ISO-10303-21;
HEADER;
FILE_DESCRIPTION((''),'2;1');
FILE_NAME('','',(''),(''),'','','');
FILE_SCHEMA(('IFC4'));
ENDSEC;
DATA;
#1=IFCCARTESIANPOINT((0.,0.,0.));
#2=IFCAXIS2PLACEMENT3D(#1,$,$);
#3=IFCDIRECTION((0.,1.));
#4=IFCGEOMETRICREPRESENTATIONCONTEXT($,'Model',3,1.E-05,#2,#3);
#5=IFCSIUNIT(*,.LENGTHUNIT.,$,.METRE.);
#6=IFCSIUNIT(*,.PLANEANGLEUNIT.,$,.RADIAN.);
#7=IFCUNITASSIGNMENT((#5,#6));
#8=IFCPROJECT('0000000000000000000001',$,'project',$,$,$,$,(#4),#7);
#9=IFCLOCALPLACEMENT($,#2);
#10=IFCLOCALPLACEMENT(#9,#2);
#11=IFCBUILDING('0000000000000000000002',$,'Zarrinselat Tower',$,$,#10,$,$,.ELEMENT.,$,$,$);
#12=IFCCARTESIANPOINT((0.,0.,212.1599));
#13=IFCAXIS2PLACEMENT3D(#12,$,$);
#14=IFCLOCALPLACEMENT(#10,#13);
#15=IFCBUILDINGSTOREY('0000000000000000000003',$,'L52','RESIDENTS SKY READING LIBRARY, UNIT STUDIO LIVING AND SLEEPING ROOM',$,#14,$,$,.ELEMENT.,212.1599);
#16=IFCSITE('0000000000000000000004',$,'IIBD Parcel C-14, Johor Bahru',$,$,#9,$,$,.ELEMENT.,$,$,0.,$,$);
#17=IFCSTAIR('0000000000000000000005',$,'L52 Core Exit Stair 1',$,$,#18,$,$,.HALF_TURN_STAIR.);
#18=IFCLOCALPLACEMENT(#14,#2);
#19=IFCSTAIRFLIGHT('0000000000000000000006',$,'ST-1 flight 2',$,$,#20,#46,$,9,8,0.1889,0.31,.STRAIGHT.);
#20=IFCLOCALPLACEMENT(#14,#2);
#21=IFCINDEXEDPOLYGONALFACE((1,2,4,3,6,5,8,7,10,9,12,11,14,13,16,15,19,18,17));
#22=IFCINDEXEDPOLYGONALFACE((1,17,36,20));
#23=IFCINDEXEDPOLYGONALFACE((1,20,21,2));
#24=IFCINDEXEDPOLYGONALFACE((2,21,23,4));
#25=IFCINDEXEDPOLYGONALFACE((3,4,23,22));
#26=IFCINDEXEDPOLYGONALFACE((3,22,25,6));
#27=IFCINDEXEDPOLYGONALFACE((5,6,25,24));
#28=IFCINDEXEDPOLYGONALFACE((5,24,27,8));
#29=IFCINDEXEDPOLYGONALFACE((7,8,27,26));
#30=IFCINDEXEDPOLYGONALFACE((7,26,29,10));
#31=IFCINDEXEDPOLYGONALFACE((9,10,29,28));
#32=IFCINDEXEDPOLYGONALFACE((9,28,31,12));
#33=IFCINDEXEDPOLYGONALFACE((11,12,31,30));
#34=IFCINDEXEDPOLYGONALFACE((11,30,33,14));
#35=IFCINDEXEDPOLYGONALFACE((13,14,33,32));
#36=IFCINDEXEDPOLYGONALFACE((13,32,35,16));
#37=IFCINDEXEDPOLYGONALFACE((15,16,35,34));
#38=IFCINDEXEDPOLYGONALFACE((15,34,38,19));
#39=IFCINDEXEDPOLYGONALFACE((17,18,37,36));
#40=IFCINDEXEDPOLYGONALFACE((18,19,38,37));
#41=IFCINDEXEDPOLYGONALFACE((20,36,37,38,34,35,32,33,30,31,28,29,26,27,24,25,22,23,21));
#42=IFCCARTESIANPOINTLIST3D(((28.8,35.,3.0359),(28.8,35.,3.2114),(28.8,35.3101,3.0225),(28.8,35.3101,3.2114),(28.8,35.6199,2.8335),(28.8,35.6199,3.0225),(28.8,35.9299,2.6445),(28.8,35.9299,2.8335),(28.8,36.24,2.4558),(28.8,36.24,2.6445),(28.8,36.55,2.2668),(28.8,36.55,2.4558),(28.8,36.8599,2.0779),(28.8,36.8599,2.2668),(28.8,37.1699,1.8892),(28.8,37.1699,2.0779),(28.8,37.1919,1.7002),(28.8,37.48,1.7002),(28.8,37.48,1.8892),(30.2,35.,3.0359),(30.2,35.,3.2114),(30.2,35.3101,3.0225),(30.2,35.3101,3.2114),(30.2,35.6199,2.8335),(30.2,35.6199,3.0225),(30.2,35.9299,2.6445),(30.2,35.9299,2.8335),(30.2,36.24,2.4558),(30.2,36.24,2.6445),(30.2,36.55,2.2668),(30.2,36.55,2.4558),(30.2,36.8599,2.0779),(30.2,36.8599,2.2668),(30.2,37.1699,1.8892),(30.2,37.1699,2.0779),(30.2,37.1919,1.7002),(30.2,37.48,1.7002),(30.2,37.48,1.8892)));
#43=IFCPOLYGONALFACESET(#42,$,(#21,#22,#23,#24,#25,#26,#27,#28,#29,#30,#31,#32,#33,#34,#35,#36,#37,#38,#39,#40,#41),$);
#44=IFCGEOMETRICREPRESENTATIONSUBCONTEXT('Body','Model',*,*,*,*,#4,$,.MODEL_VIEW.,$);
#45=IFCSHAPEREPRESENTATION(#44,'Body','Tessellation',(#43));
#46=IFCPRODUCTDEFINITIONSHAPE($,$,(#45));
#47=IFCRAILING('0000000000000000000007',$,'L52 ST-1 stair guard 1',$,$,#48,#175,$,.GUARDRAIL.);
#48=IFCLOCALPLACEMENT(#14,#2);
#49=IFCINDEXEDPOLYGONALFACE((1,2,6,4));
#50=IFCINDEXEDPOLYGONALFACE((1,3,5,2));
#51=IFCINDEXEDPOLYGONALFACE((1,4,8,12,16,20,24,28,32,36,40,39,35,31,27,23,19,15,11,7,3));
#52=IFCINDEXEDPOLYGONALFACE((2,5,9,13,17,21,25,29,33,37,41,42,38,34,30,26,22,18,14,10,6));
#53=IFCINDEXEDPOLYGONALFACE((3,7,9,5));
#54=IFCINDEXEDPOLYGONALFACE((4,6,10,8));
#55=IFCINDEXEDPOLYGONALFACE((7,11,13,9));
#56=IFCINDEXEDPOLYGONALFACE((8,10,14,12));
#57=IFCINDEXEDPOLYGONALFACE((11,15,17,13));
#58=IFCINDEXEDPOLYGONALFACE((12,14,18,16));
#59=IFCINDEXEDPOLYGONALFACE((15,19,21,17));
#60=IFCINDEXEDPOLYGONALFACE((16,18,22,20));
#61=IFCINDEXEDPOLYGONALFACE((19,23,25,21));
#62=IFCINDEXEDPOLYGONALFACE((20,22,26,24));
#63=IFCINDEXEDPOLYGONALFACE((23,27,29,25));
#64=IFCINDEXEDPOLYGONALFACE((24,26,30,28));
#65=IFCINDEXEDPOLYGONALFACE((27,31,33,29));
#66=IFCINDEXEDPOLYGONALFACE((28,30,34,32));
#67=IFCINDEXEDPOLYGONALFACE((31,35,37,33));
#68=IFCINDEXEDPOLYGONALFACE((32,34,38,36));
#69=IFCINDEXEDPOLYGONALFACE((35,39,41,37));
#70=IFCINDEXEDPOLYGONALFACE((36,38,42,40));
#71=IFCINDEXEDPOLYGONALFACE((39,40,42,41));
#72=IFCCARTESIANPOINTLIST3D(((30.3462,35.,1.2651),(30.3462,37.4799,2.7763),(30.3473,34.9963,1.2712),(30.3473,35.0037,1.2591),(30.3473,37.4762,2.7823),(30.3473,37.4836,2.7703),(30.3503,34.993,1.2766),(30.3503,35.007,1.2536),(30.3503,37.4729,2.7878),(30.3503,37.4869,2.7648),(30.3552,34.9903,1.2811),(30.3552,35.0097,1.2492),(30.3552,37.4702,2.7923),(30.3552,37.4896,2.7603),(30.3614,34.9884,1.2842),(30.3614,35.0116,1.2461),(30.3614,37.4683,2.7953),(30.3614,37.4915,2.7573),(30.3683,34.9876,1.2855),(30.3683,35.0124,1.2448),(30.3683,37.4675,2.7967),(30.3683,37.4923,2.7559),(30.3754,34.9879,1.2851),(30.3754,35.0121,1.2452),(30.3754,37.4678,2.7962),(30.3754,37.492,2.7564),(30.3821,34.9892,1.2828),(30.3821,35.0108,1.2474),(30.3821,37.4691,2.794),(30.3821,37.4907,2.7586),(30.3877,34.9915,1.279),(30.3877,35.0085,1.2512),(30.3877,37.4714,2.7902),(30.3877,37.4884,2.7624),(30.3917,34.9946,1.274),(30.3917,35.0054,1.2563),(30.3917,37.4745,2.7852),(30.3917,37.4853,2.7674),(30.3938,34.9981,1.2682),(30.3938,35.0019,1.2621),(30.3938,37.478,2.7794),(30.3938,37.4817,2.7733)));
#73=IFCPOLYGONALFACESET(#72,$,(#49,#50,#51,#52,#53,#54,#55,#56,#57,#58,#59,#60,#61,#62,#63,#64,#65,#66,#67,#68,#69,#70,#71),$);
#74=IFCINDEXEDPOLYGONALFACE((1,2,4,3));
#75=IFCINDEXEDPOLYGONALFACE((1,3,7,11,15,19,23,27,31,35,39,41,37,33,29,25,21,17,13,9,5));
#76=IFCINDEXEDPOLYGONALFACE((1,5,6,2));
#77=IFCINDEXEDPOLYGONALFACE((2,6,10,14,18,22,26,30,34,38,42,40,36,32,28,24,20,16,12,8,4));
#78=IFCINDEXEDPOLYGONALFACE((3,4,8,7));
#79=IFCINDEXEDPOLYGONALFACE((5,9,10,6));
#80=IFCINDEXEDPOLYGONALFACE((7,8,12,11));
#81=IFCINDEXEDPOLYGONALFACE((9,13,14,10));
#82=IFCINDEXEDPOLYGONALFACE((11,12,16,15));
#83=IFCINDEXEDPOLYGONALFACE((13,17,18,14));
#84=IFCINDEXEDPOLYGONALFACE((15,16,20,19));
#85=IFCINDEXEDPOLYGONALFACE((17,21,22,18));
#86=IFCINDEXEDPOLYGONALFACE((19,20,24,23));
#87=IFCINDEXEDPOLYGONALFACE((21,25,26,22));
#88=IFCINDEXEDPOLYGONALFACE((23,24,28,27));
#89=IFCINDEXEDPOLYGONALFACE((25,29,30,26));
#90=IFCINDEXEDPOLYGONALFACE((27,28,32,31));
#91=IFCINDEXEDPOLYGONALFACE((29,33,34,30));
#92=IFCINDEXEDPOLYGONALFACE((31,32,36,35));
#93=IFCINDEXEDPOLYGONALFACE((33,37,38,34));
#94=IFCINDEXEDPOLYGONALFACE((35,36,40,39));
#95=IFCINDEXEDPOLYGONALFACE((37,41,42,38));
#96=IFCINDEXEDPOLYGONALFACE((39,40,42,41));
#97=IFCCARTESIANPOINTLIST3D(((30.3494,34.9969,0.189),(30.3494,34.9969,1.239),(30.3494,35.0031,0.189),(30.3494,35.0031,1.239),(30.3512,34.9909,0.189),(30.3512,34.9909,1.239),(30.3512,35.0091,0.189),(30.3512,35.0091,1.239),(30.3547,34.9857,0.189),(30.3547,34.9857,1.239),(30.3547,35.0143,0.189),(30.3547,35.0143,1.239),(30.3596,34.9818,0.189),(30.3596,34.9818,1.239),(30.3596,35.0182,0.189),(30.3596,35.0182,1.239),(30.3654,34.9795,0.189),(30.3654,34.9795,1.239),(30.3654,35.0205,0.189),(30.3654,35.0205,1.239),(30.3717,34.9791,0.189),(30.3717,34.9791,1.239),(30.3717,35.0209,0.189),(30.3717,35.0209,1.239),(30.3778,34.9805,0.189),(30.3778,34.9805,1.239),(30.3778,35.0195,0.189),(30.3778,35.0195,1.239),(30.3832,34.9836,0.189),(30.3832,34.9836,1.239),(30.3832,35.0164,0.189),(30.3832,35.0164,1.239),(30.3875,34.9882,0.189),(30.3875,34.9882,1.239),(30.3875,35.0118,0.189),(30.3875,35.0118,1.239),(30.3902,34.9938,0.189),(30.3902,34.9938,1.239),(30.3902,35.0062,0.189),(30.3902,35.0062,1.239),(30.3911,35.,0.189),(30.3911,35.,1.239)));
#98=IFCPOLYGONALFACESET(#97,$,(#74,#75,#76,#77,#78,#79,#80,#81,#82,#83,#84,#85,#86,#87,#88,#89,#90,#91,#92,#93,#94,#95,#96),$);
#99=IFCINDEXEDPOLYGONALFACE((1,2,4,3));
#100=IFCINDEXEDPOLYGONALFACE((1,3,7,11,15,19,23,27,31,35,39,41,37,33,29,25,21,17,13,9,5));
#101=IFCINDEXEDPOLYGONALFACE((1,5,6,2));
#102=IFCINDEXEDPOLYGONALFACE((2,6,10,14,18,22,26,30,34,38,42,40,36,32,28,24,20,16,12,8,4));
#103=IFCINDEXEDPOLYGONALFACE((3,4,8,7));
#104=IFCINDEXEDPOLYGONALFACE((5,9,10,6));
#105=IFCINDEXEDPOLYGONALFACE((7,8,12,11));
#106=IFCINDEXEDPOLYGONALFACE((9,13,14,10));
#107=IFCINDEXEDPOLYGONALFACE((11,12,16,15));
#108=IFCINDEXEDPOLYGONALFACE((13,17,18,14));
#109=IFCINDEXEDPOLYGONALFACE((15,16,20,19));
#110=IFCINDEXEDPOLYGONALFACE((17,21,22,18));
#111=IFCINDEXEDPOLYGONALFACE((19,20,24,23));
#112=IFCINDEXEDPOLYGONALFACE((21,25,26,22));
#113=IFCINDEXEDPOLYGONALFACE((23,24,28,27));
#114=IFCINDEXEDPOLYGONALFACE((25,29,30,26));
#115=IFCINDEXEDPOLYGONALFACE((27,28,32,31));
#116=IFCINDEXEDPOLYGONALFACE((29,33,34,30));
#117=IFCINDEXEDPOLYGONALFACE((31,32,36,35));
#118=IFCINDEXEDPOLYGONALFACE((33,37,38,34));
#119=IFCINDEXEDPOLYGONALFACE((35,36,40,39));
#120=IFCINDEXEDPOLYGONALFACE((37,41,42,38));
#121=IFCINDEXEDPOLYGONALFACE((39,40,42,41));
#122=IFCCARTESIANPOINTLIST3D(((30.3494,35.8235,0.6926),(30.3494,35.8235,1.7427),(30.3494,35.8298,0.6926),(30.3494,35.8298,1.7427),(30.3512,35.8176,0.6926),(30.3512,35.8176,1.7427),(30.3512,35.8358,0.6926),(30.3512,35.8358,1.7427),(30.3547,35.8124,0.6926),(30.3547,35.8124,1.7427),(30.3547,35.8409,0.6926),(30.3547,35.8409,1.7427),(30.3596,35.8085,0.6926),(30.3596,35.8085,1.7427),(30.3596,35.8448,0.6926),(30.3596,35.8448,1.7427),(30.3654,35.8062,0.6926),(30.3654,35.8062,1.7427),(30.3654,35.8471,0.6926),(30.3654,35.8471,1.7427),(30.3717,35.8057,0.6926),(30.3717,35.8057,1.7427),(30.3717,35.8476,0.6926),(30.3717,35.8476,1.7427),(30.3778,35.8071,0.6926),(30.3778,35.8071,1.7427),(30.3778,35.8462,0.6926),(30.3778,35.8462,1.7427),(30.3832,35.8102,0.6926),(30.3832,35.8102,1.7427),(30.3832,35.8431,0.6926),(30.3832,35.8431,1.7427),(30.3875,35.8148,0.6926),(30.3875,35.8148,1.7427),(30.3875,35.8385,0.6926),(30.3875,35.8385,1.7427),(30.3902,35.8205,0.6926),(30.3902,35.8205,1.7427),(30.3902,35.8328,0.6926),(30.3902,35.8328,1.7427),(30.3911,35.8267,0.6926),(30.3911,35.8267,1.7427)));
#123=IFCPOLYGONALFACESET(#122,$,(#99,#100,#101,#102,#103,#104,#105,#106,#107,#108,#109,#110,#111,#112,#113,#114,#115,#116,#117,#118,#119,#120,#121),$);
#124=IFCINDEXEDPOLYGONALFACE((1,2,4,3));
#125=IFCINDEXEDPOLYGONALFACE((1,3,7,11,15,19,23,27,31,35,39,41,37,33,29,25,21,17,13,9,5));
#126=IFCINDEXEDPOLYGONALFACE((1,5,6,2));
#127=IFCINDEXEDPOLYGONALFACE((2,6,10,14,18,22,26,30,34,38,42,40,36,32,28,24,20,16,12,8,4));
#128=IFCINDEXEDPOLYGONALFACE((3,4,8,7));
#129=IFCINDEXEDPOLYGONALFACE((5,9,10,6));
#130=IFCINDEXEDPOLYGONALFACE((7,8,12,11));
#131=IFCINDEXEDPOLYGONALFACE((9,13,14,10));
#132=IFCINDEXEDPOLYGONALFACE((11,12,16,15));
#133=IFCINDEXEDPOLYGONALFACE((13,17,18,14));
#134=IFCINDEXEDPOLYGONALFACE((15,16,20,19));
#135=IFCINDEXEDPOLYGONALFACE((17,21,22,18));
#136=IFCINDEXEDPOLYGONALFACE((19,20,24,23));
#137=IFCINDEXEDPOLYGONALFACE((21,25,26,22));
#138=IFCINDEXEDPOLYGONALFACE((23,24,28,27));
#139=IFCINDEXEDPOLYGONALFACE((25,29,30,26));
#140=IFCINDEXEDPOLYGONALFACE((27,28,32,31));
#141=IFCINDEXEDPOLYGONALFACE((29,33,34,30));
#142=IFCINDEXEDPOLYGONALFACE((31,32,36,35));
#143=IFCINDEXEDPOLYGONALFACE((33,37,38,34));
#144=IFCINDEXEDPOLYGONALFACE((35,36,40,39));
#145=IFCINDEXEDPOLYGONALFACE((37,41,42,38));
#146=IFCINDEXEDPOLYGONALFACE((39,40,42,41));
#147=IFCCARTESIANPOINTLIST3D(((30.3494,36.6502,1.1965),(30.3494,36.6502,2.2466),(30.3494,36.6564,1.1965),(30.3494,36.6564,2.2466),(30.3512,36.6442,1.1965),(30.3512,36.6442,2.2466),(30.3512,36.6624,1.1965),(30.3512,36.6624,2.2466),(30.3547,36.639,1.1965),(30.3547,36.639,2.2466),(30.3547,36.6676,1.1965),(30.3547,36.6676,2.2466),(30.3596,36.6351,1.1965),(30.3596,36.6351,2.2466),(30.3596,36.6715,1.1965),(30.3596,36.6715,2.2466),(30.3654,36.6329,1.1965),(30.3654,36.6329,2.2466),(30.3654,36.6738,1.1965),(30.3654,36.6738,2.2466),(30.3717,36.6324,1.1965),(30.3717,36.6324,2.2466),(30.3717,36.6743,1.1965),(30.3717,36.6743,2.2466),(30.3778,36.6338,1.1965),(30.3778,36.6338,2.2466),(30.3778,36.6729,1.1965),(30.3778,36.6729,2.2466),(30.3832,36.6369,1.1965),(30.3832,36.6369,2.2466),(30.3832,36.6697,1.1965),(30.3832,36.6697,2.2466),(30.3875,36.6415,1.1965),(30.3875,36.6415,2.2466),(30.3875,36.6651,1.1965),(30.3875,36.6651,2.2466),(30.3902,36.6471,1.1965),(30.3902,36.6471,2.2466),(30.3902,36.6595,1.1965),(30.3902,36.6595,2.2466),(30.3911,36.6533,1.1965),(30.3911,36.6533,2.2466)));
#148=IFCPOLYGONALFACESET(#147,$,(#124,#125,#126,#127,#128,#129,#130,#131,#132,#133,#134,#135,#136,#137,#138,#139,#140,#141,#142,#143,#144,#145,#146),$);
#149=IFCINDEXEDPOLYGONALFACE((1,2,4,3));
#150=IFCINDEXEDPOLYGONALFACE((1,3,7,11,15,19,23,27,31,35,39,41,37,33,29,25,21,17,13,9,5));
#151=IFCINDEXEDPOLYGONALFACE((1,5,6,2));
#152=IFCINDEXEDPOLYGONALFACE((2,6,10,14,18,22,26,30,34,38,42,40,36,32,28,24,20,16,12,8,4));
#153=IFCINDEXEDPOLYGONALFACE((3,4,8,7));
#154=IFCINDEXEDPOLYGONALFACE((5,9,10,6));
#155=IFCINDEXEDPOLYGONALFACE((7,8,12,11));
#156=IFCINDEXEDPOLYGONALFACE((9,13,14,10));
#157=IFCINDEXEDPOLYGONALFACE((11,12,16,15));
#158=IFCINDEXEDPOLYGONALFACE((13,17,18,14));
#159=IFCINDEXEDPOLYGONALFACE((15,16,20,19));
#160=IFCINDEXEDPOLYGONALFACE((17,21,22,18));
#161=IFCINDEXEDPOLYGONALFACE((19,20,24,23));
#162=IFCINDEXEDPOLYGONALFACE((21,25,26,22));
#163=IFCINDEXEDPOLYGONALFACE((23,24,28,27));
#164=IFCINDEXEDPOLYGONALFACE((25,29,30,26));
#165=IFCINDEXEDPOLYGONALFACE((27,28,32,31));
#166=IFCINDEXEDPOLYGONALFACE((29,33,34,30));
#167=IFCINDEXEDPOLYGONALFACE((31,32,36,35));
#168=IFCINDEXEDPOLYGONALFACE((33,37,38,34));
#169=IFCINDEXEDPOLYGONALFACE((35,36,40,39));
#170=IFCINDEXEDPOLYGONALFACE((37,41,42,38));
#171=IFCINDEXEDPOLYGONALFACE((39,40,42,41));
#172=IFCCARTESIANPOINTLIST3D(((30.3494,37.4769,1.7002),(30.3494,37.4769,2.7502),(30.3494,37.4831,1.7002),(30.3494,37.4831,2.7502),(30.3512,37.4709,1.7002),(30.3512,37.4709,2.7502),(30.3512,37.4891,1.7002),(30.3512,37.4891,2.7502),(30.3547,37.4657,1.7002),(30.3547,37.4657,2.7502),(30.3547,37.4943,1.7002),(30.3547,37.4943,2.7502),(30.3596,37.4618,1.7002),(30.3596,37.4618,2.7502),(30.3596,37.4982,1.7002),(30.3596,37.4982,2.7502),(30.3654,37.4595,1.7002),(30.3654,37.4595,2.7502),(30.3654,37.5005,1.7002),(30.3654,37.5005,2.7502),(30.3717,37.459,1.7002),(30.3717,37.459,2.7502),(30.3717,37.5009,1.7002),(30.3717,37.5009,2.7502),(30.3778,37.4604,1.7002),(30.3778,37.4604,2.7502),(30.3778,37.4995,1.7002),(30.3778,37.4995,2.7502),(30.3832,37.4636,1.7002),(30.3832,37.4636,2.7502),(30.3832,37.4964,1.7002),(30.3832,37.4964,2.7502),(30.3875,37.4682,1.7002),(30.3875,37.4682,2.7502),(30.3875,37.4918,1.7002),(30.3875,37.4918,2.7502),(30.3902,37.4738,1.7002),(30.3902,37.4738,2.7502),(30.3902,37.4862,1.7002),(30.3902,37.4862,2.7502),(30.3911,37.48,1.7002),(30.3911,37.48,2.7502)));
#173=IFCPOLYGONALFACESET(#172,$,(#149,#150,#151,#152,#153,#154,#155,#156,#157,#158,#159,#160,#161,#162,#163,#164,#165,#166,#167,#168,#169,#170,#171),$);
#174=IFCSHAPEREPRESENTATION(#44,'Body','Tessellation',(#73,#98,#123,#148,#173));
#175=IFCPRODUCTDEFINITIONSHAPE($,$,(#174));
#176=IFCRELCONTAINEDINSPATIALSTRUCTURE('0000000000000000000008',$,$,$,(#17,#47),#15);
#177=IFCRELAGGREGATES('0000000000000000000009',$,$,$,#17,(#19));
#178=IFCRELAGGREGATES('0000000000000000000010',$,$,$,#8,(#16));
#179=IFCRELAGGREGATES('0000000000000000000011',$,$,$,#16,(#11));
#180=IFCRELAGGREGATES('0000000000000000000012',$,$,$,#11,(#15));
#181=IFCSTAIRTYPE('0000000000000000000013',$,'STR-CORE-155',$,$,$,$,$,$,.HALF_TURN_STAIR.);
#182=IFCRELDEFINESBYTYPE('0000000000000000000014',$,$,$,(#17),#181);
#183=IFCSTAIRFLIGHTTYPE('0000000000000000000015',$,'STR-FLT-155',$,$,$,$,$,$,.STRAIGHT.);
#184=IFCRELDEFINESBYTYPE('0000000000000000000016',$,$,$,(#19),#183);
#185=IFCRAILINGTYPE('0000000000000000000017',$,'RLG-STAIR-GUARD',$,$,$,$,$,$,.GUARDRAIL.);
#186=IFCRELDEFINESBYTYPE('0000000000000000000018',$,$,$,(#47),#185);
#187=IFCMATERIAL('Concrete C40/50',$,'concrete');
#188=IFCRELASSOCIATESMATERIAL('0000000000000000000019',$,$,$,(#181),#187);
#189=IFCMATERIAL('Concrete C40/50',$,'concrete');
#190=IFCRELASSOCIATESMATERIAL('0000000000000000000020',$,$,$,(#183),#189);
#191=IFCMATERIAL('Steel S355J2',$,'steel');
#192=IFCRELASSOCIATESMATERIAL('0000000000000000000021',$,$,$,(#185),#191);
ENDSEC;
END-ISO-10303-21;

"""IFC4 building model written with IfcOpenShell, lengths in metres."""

from ifc_helpers import new_model, si_unit, direction, frame, origin, origin_2d, place, context, subcontext, project, spatial, polyline, circle, outline, extrude, material, type_object, element, aggregate, save


model = new_model("IFC4")

# Units and contexts
model_context = context("Model", 3, precision=1e-05, world=origin(), true_north=direction((0.0, 1.0)))
body_context = subcontext(model_context, "Body", "Model", "MODEL_VIEW")
ifc_project = project(units=[si_unit("LENGTHUNIT", "METRE"), si_unit("PLANEANGLEUNIT", "RADIAN")], contexts=[model_context])

# Site, building, storey
site_placement = place(None, origin())
site = spatial("IfcSite", under=ifc_project, at=site_placement, Name="IIBD Parcel C-14, Johor Bahru", CompositionType="ELEMENT", RefElevation=0.0)
building_placement = place(site_placement, origin())
building = spatial("IfcBuilding", under=site, at=building_placement, Name="Zarrinselat Tower", CompositionType="ELEMENT")
storey_placement = place(building_placement, frame((0.0, 0.0, 212.1599)))
storey = spatial("IfcBuildingStorey", under=building, at=storey_placement, Name="L52", Description="RESIDENTS SKY READING LIBRARY, UNIT STUDIO LIVING AND SLEEPING ROOM", CompositionType="ELEMENT", Elevation=212.1599)

# Stair, stair flight
ifc_material_1 = material(Name="Concrete C40/50", Category="concrete")
stair_type = type_object("IfcStairType", Name="STR-CORE-155", PredefinedType="HALF_TURN_STAIR", material=ifc_material_1)
stair_placement = place(storey_placement, origin())
stair = element("IfcStair", 1, at=stair_placement, inside=storey, type_object=stair_type, Name="L52 Core Exit Stair 1", PredefinedType="HALF_TURN_STAIR")
ifc_material_2 = material(Name="Concrete C40/50", Category="concrete")
stair_flight_type = type_object("IfcStairFlightType", Name="STR-FLT-155", PredefinedType="STRAIGHT", material=ifc_material_2)
stair_flight_1_placement = place(storey_placement, frame((29.5, 37.48, 1.7002), z_axis=(0.0, 0.0, 1.0), x_axis=(0.0, -1.0, 0.0)))
stair_flight_1 = element("IfcStairFlight", 2, at=stair_flight_1_placement, type_object=stair_flight_type, Name="ST-1 flight 2", NumberOfRisers=9, NumberOfTreads=8, PredefinedType="STRAIGHT", RiserHeight=0.1889, TreadLength=0.31, context=body_context, shape_type="SweptSolid", body=[
    extrude(outline(polyline([(0.0, 0.0), (0.0, 0.189), (0.3101, 0.189), (0.3101, 0.3777), (0.6201, 0.3777), (0.6201, 0.5667), (0.9299, 0.5667), (0.9299, 0.7556), (1.24, 0.7556), (1.24, 0.9443), (1.55, 0.9443), (1.55, 1.1333), (1.8601, 1.1333), (1.8601, 1.3223), (2.1699, 1.3223), (2.1699, 1.5112), (2.48, 1.5112), (2.48, 1.7), (2.48, 1.3357), (0.2881, 0.0), (0.0, 0.0)])), frame((0.0, 0.7, 0.0), z_axis=(0.0, -1.0, 0.0), x_axis=(1.0, 0.0, 0.0)), (0.0, 0.0, 1.0), 1.3999),
])
aggregate(stair, [stair_flight_1])

# Railing
ifc_material_3 = material(Name="Steel S355J2", Category="steel")
railing_type_1 = type_object("IfcRailingType", Name="RLG-STAIR-GUARD", PredefinedType="GUARDRAIL", material=ifc_material_3)
railing_1_placement = place(storey_placement, frame((30.3701, 35.0, 0.189)))
element("IfcRailing", 3, at=railing_1_placement, inside=storey, type_object=railing_type_1, Name="L52 ST-1 stair guard 1", PredefinedType="GUARDRAIL", context=body_context, shape_type="SweptSolid", body=[
    extrude(circle(Radius=0.0239, at=origin_2d()), frame((0.0, 0.0, 1.0762), z_axis=(0.0, 0.853942, 0.520368), x_axis=(-1.0, 0.0, 0.0)), (0.0, 0.0, 1.0), 2.9041),
    extrude(circle(Radius=0.021, at=origin_2d()), origin(), (0.0, 0.0, 1.0), 1.05),
    extrude(circle(Radius=0.021, at=origin_2d()), frame((0.0, 0.8267, 0.5037)), (0.0, 0.0, 1.0), 1.05),
    extrude(circle(Radius=0.021, at=origin_2d()), frame((0.0, 1.6533, 1.0076)), (0.0, 0.0, 1.0), 1.05),
    extrude(circle(Radius=0.021, at=origin_2d()), frame((0.0, 2.48, 1.5112)), (0.0, 0.0, 1.0), 1.05),
])

save(model, "model.ifc")
